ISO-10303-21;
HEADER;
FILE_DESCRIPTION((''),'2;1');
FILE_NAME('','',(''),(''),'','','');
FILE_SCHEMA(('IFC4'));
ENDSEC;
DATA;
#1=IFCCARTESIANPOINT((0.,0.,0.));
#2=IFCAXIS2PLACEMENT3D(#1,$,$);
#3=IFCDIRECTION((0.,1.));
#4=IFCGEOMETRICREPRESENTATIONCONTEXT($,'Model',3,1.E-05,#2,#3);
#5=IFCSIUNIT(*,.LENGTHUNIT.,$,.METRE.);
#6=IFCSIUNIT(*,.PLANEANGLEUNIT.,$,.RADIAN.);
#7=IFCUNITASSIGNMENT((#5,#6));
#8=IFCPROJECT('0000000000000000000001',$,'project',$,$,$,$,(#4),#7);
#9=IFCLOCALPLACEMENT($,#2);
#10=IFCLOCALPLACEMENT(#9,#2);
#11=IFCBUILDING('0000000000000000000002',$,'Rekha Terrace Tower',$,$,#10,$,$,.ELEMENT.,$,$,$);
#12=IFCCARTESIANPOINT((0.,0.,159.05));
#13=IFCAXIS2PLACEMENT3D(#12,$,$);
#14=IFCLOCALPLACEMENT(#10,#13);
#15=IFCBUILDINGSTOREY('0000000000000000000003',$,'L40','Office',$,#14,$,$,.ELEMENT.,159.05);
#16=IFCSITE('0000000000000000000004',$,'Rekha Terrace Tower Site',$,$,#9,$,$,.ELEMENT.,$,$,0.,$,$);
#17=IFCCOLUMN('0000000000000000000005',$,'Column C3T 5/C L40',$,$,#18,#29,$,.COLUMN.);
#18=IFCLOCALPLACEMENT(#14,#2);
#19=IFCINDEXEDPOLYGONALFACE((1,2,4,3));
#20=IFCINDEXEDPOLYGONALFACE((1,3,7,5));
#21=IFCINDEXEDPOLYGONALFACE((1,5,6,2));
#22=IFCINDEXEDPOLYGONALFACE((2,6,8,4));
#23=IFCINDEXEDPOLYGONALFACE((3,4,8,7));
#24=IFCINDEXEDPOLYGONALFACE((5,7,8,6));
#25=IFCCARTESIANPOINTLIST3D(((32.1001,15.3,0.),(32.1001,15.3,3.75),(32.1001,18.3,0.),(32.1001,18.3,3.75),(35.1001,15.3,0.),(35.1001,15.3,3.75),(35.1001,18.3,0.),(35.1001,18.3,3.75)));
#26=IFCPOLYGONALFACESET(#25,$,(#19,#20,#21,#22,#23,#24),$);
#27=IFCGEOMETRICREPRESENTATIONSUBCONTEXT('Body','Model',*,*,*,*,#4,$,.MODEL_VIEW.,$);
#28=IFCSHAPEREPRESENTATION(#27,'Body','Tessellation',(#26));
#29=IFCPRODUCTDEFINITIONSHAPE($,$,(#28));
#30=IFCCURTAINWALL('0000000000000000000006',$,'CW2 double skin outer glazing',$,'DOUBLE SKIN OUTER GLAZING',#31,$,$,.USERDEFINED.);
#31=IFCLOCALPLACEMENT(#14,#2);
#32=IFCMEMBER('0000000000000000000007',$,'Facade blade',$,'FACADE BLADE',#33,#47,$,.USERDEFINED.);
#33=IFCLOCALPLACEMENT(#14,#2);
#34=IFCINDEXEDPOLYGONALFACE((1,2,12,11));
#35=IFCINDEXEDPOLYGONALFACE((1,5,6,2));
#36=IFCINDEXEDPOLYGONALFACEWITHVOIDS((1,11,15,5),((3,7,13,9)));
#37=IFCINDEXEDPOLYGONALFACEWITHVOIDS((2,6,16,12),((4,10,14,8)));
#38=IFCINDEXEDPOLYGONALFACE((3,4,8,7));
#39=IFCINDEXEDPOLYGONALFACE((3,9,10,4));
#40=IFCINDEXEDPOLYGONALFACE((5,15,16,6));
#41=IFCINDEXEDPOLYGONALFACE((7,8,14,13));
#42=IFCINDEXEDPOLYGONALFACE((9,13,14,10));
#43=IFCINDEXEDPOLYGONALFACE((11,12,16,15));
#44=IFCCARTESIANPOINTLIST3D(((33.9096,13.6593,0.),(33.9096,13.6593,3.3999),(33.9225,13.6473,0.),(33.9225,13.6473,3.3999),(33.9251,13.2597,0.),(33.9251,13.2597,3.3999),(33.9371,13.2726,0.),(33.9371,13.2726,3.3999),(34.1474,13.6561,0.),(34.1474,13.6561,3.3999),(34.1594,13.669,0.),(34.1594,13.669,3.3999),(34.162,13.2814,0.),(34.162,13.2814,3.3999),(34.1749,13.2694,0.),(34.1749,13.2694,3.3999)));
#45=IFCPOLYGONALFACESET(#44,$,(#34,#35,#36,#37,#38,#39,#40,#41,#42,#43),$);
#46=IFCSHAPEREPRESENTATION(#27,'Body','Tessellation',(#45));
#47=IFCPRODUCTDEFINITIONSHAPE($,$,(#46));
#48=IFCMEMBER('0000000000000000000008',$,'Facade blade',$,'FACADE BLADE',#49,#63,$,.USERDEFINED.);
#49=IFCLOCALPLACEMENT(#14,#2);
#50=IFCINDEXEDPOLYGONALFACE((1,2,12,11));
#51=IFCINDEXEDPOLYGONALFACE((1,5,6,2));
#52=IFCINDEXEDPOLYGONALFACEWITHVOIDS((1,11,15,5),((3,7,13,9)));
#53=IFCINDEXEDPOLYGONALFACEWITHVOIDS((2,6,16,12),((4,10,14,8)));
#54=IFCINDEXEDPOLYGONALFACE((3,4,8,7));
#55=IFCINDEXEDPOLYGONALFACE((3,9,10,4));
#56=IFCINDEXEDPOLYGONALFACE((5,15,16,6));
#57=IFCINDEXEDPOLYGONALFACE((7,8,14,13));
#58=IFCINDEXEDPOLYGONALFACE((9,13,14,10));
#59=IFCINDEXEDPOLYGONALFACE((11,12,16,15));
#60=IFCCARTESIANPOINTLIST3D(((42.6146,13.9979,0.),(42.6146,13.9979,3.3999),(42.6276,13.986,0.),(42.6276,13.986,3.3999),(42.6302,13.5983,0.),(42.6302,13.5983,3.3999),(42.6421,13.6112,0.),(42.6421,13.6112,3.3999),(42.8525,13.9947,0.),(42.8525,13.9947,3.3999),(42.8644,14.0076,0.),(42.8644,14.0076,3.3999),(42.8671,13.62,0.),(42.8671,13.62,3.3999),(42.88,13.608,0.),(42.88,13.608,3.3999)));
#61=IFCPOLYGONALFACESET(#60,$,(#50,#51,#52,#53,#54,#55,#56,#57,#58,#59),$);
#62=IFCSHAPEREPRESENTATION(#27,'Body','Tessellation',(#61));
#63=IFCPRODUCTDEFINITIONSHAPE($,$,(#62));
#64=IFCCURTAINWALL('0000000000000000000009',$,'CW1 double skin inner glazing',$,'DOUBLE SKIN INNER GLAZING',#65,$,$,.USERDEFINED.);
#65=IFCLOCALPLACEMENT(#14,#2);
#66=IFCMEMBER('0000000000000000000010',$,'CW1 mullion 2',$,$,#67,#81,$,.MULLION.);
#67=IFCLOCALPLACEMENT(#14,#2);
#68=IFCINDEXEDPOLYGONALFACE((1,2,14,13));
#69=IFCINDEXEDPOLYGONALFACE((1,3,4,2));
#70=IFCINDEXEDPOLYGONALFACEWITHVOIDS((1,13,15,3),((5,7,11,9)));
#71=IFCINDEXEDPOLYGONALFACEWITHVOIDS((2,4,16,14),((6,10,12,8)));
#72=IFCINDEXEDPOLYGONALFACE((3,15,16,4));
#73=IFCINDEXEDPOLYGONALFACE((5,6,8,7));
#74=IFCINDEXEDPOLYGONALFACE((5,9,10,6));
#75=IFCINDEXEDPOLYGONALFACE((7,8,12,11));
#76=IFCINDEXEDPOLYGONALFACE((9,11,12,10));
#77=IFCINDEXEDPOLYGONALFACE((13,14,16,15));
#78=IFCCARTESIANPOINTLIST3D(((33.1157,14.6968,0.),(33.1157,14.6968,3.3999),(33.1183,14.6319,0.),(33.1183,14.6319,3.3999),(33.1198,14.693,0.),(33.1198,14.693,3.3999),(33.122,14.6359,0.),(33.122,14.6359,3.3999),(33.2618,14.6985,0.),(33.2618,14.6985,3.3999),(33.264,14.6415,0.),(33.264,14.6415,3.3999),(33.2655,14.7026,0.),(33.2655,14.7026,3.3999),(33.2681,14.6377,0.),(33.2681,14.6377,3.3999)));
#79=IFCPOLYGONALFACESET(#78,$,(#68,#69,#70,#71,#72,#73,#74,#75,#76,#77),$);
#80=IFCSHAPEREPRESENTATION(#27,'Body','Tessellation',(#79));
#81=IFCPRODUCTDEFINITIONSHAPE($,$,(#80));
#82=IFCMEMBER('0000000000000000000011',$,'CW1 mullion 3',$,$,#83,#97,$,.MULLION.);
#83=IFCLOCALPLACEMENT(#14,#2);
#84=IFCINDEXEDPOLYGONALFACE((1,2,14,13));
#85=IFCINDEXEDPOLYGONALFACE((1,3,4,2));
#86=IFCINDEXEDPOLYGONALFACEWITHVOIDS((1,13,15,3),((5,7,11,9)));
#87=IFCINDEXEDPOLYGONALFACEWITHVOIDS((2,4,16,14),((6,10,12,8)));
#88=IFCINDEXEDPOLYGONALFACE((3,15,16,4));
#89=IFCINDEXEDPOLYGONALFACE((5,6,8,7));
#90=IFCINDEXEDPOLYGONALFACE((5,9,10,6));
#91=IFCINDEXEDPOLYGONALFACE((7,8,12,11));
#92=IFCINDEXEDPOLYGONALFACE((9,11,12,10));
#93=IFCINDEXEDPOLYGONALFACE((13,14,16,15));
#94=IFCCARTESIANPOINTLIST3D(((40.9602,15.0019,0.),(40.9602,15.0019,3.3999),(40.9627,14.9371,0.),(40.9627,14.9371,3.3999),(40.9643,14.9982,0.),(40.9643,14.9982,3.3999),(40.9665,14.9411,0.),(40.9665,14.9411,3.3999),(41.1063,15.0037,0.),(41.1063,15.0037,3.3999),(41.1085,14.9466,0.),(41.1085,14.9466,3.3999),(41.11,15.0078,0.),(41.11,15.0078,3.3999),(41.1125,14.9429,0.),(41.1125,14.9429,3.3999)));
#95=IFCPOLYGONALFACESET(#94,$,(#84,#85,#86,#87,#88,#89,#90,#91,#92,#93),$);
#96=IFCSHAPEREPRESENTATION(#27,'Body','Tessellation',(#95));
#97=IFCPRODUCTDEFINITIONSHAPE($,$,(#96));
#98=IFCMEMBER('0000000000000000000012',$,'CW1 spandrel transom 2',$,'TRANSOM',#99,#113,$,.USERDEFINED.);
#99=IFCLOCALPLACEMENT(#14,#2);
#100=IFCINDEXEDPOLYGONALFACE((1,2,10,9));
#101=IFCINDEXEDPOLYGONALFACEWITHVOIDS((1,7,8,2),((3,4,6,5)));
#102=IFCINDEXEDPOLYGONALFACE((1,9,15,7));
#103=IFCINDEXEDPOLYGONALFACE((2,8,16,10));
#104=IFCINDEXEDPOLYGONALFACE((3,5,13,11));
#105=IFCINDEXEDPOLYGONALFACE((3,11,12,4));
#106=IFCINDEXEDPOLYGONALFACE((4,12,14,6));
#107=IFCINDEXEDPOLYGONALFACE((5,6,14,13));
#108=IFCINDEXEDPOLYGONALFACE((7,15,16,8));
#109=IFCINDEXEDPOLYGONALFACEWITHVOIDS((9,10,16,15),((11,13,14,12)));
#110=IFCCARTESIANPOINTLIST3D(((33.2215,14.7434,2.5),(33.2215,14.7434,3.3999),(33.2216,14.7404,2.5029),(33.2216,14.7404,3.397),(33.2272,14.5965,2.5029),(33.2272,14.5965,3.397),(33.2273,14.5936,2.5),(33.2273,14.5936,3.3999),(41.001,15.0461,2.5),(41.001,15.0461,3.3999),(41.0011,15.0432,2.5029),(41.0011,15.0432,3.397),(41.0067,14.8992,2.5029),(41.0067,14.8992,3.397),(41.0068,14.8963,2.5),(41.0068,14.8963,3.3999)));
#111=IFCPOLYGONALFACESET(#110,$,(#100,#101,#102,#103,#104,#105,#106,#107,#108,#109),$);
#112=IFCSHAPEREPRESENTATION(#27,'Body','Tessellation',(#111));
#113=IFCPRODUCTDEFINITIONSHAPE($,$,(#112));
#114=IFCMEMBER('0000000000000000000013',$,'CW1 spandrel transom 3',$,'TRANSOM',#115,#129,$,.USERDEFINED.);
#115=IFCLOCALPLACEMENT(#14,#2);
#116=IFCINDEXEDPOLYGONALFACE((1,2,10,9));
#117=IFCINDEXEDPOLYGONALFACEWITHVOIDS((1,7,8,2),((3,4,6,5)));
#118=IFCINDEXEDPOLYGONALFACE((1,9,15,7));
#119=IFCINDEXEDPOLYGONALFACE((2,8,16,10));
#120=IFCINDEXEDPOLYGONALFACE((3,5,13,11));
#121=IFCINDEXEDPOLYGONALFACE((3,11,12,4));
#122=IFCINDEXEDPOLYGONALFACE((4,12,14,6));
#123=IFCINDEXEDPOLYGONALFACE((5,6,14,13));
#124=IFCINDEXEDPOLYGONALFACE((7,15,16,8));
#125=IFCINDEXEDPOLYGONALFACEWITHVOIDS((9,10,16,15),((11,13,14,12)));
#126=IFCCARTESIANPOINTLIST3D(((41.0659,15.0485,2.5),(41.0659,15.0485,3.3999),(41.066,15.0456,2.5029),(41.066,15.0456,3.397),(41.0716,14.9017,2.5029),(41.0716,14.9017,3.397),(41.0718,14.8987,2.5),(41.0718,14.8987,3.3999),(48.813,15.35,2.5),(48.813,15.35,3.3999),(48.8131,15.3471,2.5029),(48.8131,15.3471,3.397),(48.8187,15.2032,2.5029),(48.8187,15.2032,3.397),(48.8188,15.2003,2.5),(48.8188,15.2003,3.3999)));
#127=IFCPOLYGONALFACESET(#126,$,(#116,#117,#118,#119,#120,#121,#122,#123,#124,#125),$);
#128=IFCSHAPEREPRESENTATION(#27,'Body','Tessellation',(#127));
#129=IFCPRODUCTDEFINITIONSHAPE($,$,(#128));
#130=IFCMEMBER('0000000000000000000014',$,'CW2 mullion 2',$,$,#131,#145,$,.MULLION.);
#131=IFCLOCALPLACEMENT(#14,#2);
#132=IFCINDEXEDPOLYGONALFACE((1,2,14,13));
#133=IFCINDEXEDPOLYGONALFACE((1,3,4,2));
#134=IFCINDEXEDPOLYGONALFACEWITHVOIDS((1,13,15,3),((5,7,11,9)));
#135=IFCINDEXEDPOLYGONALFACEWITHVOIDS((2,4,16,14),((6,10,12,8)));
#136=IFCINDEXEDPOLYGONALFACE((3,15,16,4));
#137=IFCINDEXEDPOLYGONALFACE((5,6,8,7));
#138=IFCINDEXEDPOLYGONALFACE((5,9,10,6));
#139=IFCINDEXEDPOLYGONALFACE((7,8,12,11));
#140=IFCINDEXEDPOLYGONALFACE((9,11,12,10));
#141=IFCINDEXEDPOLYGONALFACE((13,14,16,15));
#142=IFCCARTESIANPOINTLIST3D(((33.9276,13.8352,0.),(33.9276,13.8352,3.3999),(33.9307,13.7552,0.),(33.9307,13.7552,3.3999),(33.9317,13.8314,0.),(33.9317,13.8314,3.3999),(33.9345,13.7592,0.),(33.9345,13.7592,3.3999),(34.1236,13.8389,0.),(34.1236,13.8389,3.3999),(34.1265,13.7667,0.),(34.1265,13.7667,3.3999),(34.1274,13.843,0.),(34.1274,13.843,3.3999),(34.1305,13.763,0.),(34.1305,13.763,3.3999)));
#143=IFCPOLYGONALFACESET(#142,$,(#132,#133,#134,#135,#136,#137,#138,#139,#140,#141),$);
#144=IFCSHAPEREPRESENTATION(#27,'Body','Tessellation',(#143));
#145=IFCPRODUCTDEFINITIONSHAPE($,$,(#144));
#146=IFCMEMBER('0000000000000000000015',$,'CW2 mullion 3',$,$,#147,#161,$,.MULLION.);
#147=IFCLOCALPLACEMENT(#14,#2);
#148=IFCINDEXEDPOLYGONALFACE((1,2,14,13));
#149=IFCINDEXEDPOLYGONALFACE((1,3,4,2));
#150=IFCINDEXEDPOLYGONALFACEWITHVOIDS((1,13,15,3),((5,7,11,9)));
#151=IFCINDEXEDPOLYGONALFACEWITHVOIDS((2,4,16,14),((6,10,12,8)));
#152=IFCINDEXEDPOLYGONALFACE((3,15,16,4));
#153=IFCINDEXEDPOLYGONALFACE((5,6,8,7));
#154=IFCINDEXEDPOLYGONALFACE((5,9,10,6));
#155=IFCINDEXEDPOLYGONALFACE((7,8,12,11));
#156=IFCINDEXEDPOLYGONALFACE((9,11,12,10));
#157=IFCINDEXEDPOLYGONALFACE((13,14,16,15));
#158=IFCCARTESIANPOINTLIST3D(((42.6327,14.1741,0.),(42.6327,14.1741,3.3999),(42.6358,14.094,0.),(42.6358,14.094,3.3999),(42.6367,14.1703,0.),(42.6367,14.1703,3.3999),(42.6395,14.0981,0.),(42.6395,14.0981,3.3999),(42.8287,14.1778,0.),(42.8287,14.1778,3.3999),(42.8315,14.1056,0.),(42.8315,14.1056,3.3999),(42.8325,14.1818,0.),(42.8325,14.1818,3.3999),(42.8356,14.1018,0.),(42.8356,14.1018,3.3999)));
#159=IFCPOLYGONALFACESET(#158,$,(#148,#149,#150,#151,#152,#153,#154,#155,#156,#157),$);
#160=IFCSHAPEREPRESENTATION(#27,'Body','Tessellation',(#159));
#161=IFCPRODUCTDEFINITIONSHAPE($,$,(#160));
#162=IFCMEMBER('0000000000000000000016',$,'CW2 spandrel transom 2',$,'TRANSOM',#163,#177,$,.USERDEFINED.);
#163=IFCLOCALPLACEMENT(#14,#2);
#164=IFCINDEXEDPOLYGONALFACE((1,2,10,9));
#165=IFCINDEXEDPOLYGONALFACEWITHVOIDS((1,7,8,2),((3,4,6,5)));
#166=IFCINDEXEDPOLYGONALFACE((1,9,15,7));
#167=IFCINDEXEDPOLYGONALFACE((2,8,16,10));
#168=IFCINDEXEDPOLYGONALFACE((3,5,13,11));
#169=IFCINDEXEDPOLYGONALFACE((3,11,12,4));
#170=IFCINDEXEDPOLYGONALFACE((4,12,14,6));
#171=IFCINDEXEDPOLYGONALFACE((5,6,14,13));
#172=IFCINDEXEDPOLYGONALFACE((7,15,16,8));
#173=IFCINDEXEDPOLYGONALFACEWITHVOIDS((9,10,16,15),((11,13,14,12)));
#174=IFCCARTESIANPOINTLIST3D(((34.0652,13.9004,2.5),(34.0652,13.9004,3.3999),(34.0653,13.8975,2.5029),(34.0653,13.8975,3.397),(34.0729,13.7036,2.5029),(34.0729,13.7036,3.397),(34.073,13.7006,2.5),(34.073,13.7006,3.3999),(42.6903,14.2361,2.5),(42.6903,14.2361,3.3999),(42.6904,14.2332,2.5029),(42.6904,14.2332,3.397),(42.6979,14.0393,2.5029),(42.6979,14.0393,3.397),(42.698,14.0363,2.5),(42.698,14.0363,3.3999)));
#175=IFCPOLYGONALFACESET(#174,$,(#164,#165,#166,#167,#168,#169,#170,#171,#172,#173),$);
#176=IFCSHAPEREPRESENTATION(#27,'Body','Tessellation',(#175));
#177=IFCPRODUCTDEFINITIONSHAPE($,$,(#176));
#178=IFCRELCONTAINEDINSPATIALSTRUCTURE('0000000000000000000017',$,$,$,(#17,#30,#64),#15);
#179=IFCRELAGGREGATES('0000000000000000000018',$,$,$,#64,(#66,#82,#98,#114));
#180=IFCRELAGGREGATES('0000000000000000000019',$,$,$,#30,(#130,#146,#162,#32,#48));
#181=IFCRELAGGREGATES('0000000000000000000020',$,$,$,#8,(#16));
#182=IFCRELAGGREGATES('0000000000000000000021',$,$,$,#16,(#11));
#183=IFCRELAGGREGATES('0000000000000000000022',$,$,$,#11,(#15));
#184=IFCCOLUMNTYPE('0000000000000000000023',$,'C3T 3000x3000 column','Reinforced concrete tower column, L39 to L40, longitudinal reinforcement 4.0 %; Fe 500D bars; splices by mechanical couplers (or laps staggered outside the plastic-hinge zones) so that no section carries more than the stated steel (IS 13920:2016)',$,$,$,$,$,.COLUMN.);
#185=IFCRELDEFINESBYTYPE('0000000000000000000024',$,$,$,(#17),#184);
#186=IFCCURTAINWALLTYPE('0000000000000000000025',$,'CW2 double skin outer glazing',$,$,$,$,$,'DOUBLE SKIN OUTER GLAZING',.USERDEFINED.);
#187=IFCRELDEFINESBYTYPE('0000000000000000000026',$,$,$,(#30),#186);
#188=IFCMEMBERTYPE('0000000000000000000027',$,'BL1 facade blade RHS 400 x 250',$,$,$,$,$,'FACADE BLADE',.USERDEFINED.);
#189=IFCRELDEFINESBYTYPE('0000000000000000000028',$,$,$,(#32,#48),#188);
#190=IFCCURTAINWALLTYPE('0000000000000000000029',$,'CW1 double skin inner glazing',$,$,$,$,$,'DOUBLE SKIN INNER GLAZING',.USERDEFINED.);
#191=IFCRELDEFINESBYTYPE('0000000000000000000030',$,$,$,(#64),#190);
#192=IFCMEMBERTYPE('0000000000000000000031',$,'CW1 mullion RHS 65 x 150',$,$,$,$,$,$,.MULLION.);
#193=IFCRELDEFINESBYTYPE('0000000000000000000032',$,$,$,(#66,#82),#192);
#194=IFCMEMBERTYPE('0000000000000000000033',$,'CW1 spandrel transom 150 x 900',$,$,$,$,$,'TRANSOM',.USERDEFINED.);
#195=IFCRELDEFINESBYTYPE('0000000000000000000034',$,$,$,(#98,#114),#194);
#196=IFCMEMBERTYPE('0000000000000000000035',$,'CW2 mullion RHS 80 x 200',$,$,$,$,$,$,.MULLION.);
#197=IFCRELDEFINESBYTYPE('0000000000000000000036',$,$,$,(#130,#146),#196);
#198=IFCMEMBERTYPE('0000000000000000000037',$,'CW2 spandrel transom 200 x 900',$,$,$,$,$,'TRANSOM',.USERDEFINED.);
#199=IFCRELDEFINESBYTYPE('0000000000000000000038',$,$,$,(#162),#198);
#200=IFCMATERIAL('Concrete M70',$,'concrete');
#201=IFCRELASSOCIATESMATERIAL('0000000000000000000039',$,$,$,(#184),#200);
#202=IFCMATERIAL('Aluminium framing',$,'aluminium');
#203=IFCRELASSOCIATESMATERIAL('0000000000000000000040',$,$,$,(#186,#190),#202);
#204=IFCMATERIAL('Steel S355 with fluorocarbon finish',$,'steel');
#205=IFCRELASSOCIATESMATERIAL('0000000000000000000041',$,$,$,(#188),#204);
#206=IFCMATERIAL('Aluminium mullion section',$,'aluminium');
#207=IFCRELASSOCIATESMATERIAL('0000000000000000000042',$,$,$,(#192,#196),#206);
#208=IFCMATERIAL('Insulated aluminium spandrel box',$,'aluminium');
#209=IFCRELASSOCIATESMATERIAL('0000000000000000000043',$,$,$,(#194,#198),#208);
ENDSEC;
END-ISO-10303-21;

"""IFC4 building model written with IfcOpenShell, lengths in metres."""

from ifc_helpers import new_model, si_unit, direction, frame, origin, origin_2d, place, context, subcontext, project, spatial, rectangle, hollow_rectangle, extrude, material, material_profile, profile_set, type_object, element, aggregate, save


model = new_model("IFC4")

# Units and contexts
model_context = context("Model", 3, precision=1e-05, world=origin(), true_north=direction((0.0, 1.0)))
body_context = subcontext(model_context, "Body", "Model", "MODEL_VIEW")
ifc_project = project(units=[si_unit("LENGTHUNIT", "METRE"), si_unit("PLANEANGLEUNIT", "RADIAN")], contexts=[model_context])

# Site, building, storey
site_placement = place(None, origin())
site = spatial("IfcSite", under=ifc_project, at=site_placement, Name="Rekha Terrace Tower Site", CompositionType="ELEMENT", RefElevation=0.0)
building_placement = place(site_placement, origin())
building = spatial("IfcBuilding", under=site, at=building_placement, Name="Rekha Terrace Tower", CompositionType="ELEMENT")
storey_placement = place(building_placement, frame((0.0, 0.0, 159.05)))
storey = spatial("IfcBuildingStorey", under=building, at=storey_placement, Name="L40", Description="Office", CompositionType="ELEMENT", Elevation=159.05)

# Column
ifc_material_1 = material(Name="Concrete M70", Category="concrete")
ifc_material_profile_1 = material_profile(ifc_material_1, rectangle(XDim=3.0, YDim=3.0, at=origin_2d()), Name="RC 3000x3000")
ifc_profile_set_1 = profile_set([ifc_material_profile_1], Name="Concrete M70")
column_type = type_object("IfcColumnType", Name="C3T 3000x3000 column", Description="Reinforced concrete tower column, L39 to L40, longitudinal reinforcement 4.0 %; Fe 500D bars; splices by mechanical couplers (or laps staggered outside the plastic-hinge zones) so that no section carries more than the stated steel (IS 13920:2016)", PredefinedType="COLUMN", material=ifc_profile_set_1)
column_placement = place(storey_placement, frame((33.6001, 16.8, 0.0), z_axis=(0.0, 0.0, 1.0), x_axis=(1.0, 0.0, 0.0)))
element("IfcColumn", 1, at=column_placement, inside=storey, type_object=column_type, Name="Column C3T 5/C L40", PredefinedType="COLUMN", context=body_context, shape_type="SweptSolid", body=[
    extrude(rectangle(XDim=3.0, YDim=3.0, at=origin_2d()), origin(), (0.0, 0.0, 1.0), 3.75),
])

# Curtain walls, members
ifc_material_2 = material(Name="Aluminium framing", Category="aluminium")
curtain_wall_type_1 = type_object("IfcCurtainWallType", Name="CW2 double skin outer glazing", ElementType="DOUBLE SKIN OUTER GLAZING", PredefinedType="USERDEFINED", material=ifc_material_2)
curtain_wall_1_placement = place(storey_placement, origin())
curtain_wall_1 = element("IfcCurtainWall", 2, at=curtain_wall_1_placement, inside=storey, type_object=curtain_wall_type_1, Name="CW2 double skin outer glazing", ObjectType="DOUBLE SKIN OUTER GLAZING", PredefinedType="USERDEFINED")
ifc_material_3 = material(Name="Steel S355 with fluorocarbon finish", Category="steel")
ifc_material_profile_2 = material_profile(ifc_material_3, hollow_rectangle(XDim=0.25, YDim=0.3999, WallThickness=0.0125, at=origin_2d()), Name="RHS400x250x12.5")
ifc_profile_set_2 = profile_set([ifc_material_profile_2], Name="Steel S355 with fluorocarbon finish")
member_type_1 = type_object("IfcMemberType", Name="BL1 facade blade RHS 400 x 250", ElementType="FACADE BLADE", PredefinedType="USERDEFINED", material=ifc_profile_set_2)
member_1_placement = place(storey_placement, frame((34.0422, 13.4644, 0.0), z_axis=(0.0, 0.0, 1.0), x_axis=(0.999243, 0.03889, 0.0)))
member_1 = element("IfcMember", 3, at=member_1_placement, type_object=member_type_1, Name="Facade blade", ObjectType="FACADE BLADE", PredefinedType="USERDEFINED", context=body_context, shape_type="SweptSolid", body=[
    extrude(hollow_rectangle(XDim=0.25, YDim=0.3999, WallThickness=0.0125, at=origin_2d()), origin(), (0.0, 0.0, 1.0), 3.3999),
])
member_2_placement = place(storey_placement, frame((42.7473, 13.803, 0.0), z_axis=(0.0, 0.0, 1.0), x_axis=(0.999243, 0.03889, 0.0)))
member_2 = element("IfcMember", 4, at=member_2_placement, type_object=member_type_1, Name="Facade blade", ObjectType="FACADE BLADE", PredefinedType="USERDEFINED", context=body_context, shape_type="SweptSolid", body=[
    extrude(hollow_rectangle(XDim=0.25, YDim=0.3999, WallThickness=0.0125, at=origin_2d()), origin(), (0.0, 0.0, 1.0), 3.3999),
])
curtain_wall_type_2 = type_object("IfcCurtainWallType", Name="CW1 double skin inner glazing", ElementType="DOUBLE SKIN INNER GLAZING", PredefinedType="USERDEFINED", material=ifc_material_2)
curtain_wall_2_placement = place(storey_placement, origin())
curtain_wall_2 = element("IfcCurtainWall", 5, at=curtain_wall_2_placement, inside=storey, type_object=curtain_wall_type_2, Name="CW1 double skin inner glazing", ObjectType="DOUBLE SKIN INNER GLAZING", PredefinedType="USERDEFINED")
ifc_material_4 = material(Name="Aluminium mullion section", Category="aluminium")
ifc_material_profile_3 = material_profile(ifc_material_4, hollow_rectangle(XDim=0.0649, YDim=0.1499, WallThickness=0.0039, at=origin_2d()), Name="AL RHS 65x150")
ifc_profile_set_3 = profile_set([ifc_material_profile_3], Name="Aluminium mullion section")
member_type_2 = type_object("IfcMemberType", Name="CW1 mullion RHS 65 x 150", PredefinedType="MULLION", material=ifc_profile_set_3)
member_3_placement = place(storey_placement, frame((33.1919, 14.6672, 0.0), z_axis=(0.0, 0.0, 1.0), x_axis=(-0.03889, 0.999243, 0.0)))
member_3 = element("IfcMember", 6, at=member_3_placement, type_object=member_type_2, Name="CW1 mullion 2", PredefinedType="MULLION", context=body_context, shape_type="SweptSolid", body=[
    extrude(hollow_rectangle(XDim=0.0649, YDim=0.1499, WallThickness=0.0039, at=origin_2d()), origin(), (0.0, 0.0, 1.0), 3.3999),
])
member_4_placement = place(storey_placement, frame((41.0364, 14.9724, 0.0), z_axis=(0.0, 0.0, 1.0), x_axis=(-0.03889, 0.999243, 0.0)))
member_4 = element("IfcMember", 7, at=member_4_placement, type_object=member_type_2, Name="CW1 mullion 3", PredefinedType="MULLION", context=body_context, shape_type="SweptSolid", body=[
    extrude(hollow_rectangle(XDim=0.0649, YDim=0.1499, WallThickness=0.0039, at=origin_2d()), origin(), (0.0, 0.0, 1.0), 3.3999),
])
ifc_material_5 = material(Name="Insulated aluminium spandrel box", Category="aluminium")
ifc_material_profile_4 = material_profile(ifc_material_5, hollow_rectangle(XDim=0.1499, YDim=0.8999, WallThickness=0.0029, at=origin_2d()), Name="AL SPANDREL BOX 150x900")
ifc_profile_set_4 = profile_set([ifc_material_profile_4], Name="Insulated aluminium spandrel box")
member_type_3 = type_object("IfcMemberType", Name="CW1 spandrel transom 150 x 900", ElementType="TRANSOM", PredefinedType="USERDEFINED", material=ifc_profile_set_4)
member_5_placement = place(storey_placement, frame((33.2244, 14.6685, 2.95), z_axis=(0.999244, 0.038885, 0.0), x_axis=(-0.038885, 0.999244, 0.0)))
member_5 = element("IfcMember", 8, at=member_5_placement, type_object=member_type_3, Name="CW1 spandrel transom 2", ObjectType="TRANSOM", PredefinedType="USERDEFINED", context=body_context, shape_type="SweptSolid", body=[
    extrude(hollow_rectangle(XDim=0.1499, YDim=0.8999, WallThickness=0.0029, at=origin_2d()), origin(), (0.0, 0.0, 1.0), 7.7854),
])
member_6_placement = place(storey_placement, frame((41.0688, 14.9736, 2.95), z_axis=(0.999243, 0.03889, 0.0), x_axis=(-0.03889, 0.999243, 0.0)))
member_6 = element("IfcMember", 9, at=member_6_placement, type_object=member_type_3, Name="CW1 spandrel transom 3", ObjectType="TRANSOM", PredefinedType="USERDEFINED", context=body_context, shape_type="SweptSolid", body=[
    extrude(hollow_rectangle(XDim=0.1499, YDim=0.8999, WallThickness=0.0029, at=origin_2d()), origin(), (0.0, 0.0, 1.0), 7.7529),
])

# Members
ifc_material_profile_5 = material_profile(ifc_material_4, hollow_rectangle(XDim=0.0801, YDim=0.2, WallThickness=0.0039, at=origin_2d()), Name="AL RHS 80x200")
ifc_profile_set_5 = profile_set([ifc_material_profile_5], Name="Aluminium mullion section")
member_type_4 = type_object("IfcMemberType", Name="CW2 mullion RHS 80 x 200", PredefinedType="MULLION", material=ifc_profile_set_5)
member_7_placement = place(storey_placement, frame((34.0291, 13.7991, 0.0), z_axis=(0.0, 0.0, 1.0), x_axis=(-0.03889, 0.999243, 0.0)))
member_7 = element("IfcMember", 10, at=member_7_placement, type_object=member_type_4, Name="CW2 mullion 2", PredefinedType="MULLION", context=body_context, shape_type="SweptSolid", body=[
    extrude(hollow_rectangle(XDim=0.0801, YDim=0.2, WallThickness=0.0039, at=origin_2d()), origin(), (0.0, 0.0, 1.0), 3.3999),
])
member_8_placement = place(storey_placement, frame((42.7341, 14.1379, 0.0), z_axis=(0.0, 0.0, 1.0), x_axis=(-0.03889, 0.999243, 0.0)))
member_8 = element("IfcMember", 11, at=member_8_placement, type_object=member_type_4, Name="CW2 mullion 3", PredefinedType="MULLION", context=body_context, shape_type="SweptSolid", body=[
    extrude(hollow_rectangle(XDim=0.0801, YDim=0.2, WallThickness=0.0039, at=origin_2d()), origin(), (0.0, 0.0, 1.0), 3.3999),
])
ifc_material_profile_6 = material_profile(ifc_material_5, hollow_rectangle(XDim=0.2, YDim=0.8999, WallThickness=0.0029, at=origin_2d()), Name="AL SPANDREL BOX 200x900")
ifc_profile_set_6 = profile_set([ifc_material_profile_6], Name="Insulated aluminium spandrel box")
member_type_5 = type_object("IfcMemberType", Name="CW2 spandrel transom 200 x 900", ElementType="TRANSOM", PredefinedType="USERDEFINED", material=ifc_profile_set_6)
member_9_placement = place(storey_placement, frame((34.0691, 13.8005, 2.95), z_axis=(0.999243, 0.038892, 0.0), x_axis=(-0.038892, 0.999243, 0.0)))
member_9 = element("IfcMember", 12, at=member_9_placement, type_object=member_type_5, Name="CW2 spandrel transom 2", ObjectType="TRANSOM", PredefinedType="USERDEFINED", context=body_context, shape_type="SweptSolid", body=[
    extrude(hollow_rectangle(XDim=0.2, YDim=0.8999, WallThickness=0.0029, at=origin_2d()), origin(), (0.0, 0.0, 1.0), 8.6316),
])

aggregate(curtain_wall_2, [member_3, member_4, member_5, member_6])
aggregate(curtain_wall_1, [member_7, member_8, member_9, member_1, member_2])

save(model, "model.ifc")
